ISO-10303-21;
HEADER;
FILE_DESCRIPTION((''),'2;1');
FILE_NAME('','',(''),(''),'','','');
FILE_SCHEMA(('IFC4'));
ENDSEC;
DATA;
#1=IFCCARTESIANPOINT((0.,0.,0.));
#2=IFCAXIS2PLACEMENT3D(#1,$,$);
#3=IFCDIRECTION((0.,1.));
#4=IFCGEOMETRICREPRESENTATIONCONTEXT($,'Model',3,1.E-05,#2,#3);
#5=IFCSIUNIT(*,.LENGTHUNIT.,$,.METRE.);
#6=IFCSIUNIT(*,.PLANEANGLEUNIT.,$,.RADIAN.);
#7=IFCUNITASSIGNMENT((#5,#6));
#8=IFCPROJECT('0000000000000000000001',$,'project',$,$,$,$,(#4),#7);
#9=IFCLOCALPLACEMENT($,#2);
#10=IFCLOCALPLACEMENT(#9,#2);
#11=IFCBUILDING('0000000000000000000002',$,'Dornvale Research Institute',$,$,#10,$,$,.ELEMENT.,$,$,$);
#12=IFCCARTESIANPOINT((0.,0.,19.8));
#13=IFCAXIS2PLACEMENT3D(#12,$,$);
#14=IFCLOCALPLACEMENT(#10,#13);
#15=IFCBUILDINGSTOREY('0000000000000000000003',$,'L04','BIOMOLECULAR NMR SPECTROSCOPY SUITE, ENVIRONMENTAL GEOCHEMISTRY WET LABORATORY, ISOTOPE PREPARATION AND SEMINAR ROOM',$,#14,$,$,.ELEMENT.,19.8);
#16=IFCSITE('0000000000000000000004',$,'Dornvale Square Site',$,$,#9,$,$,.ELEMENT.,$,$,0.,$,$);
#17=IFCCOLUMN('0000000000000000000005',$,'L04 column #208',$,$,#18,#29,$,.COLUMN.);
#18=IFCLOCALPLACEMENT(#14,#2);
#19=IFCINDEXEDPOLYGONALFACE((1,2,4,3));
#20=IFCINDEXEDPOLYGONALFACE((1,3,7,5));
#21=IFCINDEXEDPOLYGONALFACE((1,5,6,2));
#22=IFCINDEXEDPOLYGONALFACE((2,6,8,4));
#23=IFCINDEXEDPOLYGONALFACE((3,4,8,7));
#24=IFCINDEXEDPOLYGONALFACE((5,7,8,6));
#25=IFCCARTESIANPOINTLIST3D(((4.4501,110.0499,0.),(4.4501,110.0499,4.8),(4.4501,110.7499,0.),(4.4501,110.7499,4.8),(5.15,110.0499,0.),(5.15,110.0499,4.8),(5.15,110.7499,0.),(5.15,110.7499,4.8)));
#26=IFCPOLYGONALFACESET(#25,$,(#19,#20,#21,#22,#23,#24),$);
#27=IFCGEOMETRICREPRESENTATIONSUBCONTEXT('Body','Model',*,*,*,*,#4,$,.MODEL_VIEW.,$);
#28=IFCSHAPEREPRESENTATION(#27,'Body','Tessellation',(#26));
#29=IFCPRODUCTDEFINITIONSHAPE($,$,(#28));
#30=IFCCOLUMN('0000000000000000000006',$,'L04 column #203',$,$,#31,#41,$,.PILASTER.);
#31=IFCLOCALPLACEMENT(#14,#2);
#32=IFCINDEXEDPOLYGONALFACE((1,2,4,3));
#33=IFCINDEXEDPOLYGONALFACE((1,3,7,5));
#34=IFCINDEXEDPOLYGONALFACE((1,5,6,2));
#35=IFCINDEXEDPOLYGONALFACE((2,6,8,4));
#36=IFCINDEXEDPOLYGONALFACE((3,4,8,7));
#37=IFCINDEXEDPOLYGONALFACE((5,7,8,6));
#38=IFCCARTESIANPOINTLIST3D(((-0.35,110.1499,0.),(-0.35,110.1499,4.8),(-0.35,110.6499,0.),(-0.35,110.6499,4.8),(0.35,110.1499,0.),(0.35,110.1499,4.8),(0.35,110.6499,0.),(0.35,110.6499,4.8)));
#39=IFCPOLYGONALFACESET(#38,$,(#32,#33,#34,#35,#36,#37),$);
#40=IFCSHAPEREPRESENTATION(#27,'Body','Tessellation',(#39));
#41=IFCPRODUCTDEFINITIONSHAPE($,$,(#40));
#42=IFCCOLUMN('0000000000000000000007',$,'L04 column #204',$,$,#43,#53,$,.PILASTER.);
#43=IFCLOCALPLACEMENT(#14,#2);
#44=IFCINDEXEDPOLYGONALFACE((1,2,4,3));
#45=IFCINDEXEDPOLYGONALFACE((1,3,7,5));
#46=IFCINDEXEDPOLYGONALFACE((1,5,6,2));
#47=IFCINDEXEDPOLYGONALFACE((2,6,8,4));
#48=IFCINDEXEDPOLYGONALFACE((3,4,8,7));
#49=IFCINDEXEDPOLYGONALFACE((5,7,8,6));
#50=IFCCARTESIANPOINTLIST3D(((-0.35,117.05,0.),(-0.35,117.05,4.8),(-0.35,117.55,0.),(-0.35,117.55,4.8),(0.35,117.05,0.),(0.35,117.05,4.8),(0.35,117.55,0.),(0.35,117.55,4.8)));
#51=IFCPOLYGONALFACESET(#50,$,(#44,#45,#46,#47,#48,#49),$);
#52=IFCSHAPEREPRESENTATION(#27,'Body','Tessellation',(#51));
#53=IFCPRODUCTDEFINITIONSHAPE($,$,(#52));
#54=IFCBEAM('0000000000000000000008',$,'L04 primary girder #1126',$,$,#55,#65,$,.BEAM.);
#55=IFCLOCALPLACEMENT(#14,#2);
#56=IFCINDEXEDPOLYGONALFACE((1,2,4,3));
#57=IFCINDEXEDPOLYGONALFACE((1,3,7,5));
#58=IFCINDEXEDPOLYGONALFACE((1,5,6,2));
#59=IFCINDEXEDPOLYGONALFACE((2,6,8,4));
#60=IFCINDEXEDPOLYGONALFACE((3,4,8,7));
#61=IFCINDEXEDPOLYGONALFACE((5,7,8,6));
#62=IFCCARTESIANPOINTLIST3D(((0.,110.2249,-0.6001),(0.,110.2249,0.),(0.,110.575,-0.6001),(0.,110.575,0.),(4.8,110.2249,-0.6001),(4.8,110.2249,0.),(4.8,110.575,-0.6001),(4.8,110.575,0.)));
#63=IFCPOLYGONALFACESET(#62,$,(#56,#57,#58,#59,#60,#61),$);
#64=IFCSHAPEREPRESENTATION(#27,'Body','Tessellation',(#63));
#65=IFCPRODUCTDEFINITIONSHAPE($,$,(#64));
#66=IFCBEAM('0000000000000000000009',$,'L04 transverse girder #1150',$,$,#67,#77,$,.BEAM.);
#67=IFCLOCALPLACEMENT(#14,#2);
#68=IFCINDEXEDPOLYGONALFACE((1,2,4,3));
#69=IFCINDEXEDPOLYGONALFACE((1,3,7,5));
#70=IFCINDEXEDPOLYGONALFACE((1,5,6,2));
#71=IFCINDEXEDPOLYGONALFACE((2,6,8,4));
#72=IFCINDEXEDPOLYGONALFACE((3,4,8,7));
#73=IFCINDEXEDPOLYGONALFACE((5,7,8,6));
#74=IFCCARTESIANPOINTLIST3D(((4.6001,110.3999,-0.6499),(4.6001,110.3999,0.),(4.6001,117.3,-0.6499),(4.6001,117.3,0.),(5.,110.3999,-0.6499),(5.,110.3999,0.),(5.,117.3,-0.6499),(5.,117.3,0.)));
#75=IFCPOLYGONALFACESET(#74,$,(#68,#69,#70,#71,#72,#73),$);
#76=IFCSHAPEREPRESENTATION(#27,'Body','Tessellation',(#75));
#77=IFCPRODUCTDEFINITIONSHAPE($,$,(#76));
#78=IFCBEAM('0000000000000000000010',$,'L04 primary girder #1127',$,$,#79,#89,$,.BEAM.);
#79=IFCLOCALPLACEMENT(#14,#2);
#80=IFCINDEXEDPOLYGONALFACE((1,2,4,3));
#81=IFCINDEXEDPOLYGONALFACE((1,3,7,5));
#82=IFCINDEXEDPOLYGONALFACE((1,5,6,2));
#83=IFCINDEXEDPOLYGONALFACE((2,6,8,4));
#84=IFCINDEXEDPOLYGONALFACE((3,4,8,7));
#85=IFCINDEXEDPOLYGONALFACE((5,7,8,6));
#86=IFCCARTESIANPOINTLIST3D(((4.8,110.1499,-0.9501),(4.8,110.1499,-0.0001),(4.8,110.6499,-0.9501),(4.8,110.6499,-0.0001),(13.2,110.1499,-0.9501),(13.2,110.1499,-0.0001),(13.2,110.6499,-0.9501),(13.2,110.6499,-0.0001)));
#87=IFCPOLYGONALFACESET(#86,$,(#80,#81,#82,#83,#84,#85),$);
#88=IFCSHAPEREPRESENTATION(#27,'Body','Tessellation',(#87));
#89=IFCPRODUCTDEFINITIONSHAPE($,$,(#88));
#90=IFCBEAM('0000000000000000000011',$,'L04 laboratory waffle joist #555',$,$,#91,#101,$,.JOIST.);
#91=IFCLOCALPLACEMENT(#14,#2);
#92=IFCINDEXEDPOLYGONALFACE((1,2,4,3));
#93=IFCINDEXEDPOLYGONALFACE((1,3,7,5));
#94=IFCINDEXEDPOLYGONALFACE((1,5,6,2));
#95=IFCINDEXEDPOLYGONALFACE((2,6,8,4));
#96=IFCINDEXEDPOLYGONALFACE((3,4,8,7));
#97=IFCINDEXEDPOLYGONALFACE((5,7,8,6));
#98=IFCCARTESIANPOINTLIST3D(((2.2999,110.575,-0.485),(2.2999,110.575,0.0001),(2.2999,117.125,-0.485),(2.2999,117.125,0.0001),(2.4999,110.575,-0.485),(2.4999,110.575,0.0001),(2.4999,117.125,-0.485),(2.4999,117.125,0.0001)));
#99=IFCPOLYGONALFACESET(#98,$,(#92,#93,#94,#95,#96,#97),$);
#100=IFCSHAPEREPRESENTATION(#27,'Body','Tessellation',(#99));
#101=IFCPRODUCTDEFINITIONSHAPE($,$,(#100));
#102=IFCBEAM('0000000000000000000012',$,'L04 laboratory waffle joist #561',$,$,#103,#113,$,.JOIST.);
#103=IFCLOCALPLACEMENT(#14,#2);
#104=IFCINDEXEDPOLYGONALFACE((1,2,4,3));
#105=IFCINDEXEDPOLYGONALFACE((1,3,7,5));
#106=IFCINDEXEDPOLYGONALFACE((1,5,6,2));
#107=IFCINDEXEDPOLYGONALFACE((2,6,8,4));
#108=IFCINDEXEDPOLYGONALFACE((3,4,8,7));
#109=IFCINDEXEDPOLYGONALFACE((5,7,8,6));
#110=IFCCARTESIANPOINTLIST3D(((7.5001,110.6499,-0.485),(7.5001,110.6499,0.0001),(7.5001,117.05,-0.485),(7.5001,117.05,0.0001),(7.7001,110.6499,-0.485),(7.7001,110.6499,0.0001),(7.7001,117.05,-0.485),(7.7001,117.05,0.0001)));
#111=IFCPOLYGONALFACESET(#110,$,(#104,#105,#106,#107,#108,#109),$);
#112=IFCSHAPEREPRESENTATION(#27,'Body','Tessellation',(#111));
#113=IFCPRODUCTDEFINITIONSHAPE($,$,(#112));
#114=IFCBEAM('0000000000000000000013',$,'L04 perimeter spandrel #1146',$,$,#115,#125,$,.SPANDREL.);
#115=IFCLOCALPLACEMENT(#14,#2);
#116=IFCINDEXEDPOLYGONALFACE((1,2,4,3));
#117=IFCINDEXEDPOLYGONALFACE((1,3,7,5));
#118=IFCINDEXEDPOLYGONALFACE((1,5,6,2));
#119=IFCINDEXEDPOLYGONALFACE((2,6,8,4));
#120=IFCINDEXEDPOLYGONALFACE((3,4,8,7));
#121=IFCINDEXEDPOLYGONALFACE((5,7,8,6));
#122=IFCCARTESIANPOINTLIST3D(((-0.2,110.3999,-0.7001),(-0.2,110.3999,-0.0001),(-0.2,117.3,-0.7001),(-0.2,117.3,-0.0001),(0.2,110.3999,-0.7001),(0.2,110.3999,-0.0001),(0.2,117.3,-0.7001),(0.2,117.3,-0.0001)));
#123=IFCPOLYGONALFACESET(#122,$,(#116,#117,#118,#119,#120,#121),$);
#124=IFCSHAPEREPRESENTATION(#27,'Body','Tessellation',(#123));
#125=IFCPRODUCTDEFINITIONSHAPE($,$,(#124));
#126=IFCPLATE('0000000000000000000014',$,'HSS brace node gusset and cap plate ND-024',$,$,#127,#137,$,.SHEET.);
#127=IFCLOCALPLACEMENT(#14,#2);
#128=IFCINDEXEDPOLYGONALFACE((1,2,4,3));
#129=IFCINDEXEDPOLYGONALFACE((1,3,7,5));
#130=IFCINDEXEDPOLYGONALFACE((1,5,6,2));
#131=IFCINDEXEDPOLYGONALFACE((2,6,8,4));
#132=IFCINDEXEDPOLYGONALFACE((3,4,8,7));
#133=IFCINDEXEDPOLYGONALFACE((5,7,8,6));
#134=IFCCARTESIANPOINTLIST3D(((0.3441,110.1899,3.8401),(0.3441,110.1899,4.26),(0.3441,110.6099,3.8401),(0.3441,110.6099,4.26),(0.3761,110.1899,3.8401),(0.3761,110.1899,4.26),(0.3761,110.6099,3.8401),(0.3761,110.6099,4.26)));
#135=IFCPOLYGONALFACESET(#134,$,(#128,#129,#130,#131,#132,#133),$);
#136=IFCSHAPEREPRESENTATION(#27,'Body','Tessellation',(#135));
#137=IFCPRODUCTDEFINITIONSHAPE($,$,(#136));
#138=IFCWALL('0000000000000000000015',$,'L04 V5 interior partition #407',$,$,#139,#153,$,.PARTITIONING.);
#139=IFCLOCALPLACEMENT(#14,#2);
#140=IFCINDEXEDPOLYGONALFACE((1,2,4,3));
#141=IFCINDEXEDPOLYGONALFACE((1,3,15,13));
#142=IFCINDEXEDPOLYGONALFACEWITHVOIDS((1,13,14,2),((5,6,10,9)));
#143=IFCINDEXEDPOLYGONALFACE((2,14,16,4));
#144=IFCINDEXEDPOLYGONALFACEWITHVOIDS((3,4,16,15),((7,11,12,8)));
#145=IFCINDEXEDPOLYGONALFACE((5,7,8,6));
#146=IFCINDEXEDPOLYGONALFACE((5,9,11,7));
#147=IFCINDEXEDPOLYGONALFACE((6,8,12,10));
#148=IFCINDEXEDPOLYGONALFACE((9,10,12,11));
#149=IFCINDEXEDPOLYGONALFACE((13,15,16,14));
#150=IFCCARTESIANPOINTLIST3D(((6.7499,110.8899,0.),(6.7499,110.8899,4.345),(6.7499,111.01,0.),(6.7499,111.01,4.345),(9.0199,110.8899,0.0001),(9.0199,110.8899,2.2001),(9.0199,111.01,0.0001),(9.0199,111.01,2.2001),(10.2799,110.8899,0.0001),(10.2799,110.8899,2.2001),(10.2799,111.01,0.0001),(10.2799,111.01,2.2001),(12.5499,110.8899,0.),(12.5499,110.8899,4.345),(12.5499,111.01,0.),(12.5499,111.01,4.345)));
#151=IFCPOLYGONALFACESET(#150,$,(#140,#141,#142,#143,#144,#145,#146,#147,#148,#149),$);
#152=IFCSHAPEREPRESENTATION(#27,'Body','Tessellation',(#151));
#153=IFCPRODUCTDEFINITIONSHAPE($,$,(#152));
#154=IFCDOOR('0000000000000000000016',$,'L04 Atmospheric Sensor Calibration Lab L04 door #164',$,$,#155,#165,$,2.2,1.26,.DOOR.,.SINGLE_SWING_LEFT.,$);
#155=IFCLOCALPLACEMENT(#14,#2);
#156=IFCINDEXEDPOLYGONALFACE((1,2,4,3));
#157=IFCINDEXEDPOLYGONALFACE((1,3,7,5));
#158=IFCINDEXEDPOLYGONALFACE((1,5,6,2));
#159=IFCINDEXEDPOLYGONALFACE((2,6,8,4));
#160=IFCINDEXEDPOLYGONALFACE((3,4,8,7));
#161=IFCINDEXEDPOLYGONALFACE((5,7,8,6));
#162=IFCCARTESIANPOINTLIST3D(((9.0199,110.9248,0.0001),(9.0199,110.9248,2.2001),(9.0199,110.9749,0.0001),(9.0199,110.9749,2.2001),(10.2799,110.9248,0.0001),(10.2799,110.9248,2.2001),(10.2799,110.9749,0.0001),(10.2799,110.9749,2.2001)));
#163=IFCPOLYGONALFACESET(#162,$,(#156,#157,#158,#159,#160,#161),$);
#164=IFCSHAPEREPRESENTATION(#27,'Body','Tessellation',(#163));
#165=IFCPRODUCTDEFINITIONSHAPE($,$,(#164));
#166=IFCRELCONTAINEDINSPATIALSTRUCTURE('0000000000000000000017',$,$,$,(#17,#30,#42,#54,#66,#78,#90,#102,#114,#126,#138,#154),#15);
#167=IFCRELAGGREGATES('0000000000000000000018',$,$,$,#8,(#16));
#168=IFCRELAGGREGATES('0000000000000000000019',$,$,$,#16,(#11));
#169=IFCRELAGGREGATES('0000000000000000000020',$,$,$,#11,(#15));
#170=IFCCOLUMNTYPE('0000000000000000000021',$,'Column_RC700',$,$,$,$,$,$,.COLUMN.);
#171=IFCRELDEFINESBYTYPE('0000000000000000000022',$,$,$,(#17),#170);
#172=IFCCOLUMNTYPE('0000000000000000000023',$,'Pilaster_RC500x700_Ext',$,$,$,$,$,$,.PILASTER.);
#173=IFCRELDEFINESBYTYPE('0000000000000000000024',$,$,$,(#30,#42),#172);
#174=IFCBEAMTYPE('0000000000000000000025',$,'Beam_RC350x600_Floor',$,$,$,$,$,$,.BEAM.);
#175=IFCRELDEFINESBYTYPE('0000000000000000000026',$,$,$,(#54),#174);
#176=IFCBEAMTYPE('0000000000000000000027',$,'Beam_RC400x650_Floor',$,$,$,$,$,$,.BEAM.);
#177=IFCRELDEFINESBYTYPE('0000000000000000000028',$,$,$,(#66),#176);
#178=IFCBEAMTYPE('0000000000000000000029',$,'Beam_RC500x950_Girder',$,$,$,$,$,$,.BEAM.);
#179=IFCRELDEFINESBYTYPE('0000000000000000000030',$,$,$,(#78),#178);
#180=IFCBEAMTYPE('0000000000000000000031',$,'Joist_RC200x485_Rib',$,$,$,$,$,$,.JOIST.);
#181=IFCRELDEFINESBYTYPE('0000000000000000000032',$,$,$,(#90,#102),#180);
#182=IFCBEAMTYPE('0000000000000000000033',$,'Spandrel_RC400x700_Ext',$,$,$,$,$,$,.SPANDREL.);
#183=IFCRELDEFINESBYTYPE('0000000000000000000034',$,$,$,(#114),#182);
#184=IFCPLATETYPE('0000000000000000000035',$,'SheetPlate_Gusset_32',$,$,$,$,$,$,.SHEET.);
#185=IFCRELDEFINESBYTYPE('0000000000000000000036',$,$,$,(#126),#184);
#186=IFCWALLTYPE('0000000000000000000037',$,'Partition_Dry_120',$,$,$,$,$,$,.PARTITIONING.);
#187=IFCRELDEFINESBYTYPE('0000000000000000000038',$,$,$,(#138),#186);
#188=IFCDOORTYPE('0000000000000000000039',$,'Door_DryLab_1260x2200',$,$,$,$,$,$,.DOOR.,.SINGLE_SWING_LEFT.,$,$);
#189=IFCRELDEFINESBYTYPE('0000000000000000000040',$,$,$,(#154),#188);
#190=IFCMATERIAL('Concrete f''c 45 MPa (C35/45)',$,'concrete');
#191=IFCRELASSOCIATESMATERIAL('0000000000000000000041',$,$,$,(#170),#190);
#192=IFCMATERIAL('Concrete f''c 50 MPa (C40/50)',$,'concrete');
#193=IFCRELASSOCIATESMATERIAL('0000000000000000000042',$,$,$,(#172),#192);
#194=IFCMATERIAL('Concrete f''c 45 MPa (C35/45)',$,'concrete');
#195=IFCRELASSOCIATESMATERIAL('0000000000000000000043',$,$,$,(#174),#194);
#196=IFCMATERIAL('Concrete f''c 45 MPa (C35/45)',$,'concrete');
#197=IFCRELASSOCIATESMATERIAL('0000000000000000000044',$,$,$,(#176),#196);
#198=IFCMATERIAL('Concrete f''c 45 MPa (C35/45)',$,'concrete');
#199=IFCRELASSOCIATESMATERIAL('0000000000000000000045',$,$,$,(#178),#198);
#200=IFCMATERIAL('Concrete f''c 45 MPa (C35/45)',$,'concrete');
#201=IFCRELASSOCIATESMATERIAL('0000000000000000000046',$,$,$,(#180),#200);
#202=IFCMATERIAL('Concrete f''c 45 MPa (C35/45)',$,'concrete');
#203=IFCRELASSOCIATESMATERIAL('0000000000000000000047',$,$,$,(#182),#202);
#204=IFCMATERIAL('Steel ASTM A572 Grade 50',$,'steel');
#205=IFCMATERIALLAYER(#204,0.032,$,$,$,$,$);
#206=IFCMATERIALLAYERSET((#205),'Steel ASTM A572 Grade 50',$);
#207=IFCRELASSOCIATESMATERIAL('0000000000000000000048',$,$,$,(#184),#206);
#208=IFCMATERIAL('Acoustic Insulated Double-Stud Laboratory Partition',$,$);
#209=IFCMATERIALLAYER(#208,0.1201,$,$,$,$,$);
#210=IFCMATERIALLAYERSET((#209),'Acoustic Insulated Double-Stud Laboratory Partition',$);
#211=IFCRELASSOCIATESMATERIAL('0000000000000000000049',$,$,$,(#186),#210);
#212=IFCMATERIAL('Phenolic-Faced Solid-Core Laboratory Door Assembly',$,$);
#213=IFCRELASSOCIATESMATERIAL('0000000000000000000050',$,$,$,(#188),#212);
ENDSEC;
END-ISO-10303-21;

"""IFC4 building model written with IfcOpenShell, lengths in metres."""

from ifc_helpers import new_model, si_unit, direction, frame, frame_2d, origin, origin_2d, place, context, subcontext, project, spatial, rectangle, extrude, material, layer, layer_set, material_profile, profile_set, type_object, element, fill, save


model = new_model("IFC4")

# Units and contexts
model_context = context("Model", 3, precision=1e-05, world=origin(), true_north=direction((0.0, 1.0)))
body_context = subcontext(model_context, "Body", "Model", "MODEL_VIEW")
ifc_project = project(units=[si_unit("LENGTHUNIT", "METRE"), si_unit("PLANEANGLEUNIT", "RADIAN")], contexts=[model_context])

# Site, building, storey
site_placement = place(None, origin())
site = spatial("IfcSite", under=ifc_project, at=site_placement, Name="Dornvale Square Site", CompositionType="ELEMENT", RefElevation=0.0)
building_placement = place(site_placement, origin())
building = spatial("IfcBuilding", under=site, at=building_placement, Name="Dornvale Research Institute", CompositionType="ELEMENT")
storey_placement = place(building_placement, frame((0.0, 0.0, 19.8)))
storey = spatial("IfcBuildingStorey", under=building, at=storey_placement, Name="L04", Description="BIOMOLECULAR NMR SPECTROSCOPY SUITE, ENVIRONMENTAL GEOCHEMISTRY WET LABORATORY, ISOTOPE PREPARATION AND SEMINAR ROOM", CompositionType="ELEMENT", Elevation=19.8)

# Columns
ifc_material_1 = material(Name="Concrete f'c 45 MPa (C35/45)", Category="concrete")
ifc_material_profile_1 = material_profile(ifc_material_1, rectangle(XDim=0.7, YDim=0.7, at=origin_2d()), Name="RC 700x700")
ifc_profile_set_1 = profile_set([ifc_material_profile_1], Name="Concrete f'c 45 MPa (C35/45)")
column_type_1 = type_object("IfcColumnType", Name="Column_RC700", PredefinedType="COLUMN", material=ifc_profile_set_1)
column_placement = place(storey_placement, frame((4.8, 110.3999, 0.0), z_axis=(0.0, 0.0, 1.0), x_axis=(1.0, 0.0, 0.0)))
element("IfcColumn", 1, at=column_placement, inside=storey, type_object=column_type_1, Name="L04 column #208", PredefinedType="COLUMN", context=body_context, shape_type="SweptSolid", body=[
    extrude(rectangle(XDim=0.7, YDim=0.7, at=origin_2d()), origin(), (0.0, 0.0, 1.0), 4.8),
])
ifc_material_2 = material(Name="Concrete f'c 50 MPa (C40/50)", Category="concrete")
ifc_material_profile_2 = material_profile(ifc_material_2, rectangle(XDim=0.5, YDim=0.7, at=origin_2d()), Name="RC 500x700")
ifc_profile_set_2 = profile_set([ifc_material_profile_2], Name="Concrete f'c 50 MPa (C40/50)")
column_type_2 = type_object("IfcColumnType", Name="Pilaster_RC500x700_Ext", PredefinedType="PILASTER", material=ifc_profile_set_2)
for number, where, z_axis, x_axis, name in (
    (2, (0.0, 110.3999, 0.0), (0.0, 0.0, 1.0), (0.0, 1.0, 0.0), "L04 column #203"),
    (3, (0.0, 117.3, 0.0), (0.0, 0.0, 1.0), (0.0, 1.0, 0.0), "L04 column #204"),
):
    element("IfcColumn", number, at=place(storey_placement, frame(where, z_axis=z_axis, x_axis=x_axis)), inside=storey, type_object=column_type_2, Name=name, PredefinedType="PILASTER", context=body_context, shape_type="SweptSolid", body=[
        extrude(rectangle(XDim=0.5, YDim=0.7, at=origin_2d()), origin(), (0.0, 0.0, 1.0), 4.8),
    ])

# Beams
ifc_material_3 = material(Name="Concrete f'c 45 MPa (C35/45)", Category="concrete")
ifc_material_profile_3 = material_profile(ifc_material_3, rectangle(XDim=0.3501, YDim=0.6001, at=origin_2d()), Name="RC 350x600")
ifc_profile_set_3 = profile_set([ifc_material_profile_3], Name="Concrete f'c 45 MPa (C35/45)")
beam_type_1 = type_object("IfcBeamType", Name="Beam_RC350x600_Floor", PredefinedType="BEAM", material=ifc_profile_set_3)
beam_1_placement = place(storey_placement, frame((0.0, 110.3999, -0.3), z_axis=(1.0, 0.0, 0.0), x_axis=(0.0, 1.0, 0.0)))
element("IfcBeam", 4, at=beam_1_placement, inside=storey, type_object=beam_type_1, Name="L04 primary girder #1126", PredefinedType="BEAM", context=body_context, shape_type="SweptSolid", body=[
    extrude(rectangle(XDim=0.3501, YDim=0.6001, at=origin_2d()), origin(), (0.0, 0.0, 1.0), 4.8),
])
ifc_material_4 = material(Name="Concrete f'c 45 MPa (C35/45)", Category="concrete")
ifc_material_profile_4 = material_profile(ifc_material_4, rectangle(XDim=0.3999, YDim=0.6499, at=origin_2d()), Name="RC 400x650")
ifc_profile_set_4 = profile_set([ifc_material_profile_4], Name="Concrete f'c 45 MPa (C35/45)")
beam_type_2 = type_object("IfcBeamType", Name="Beam_RC400x650_Floor", PredefinedType="BEAM", material=ifc_profile_set_4)
beam_2_placement = place(storey_placement, frame((4.8, 110.3999, -0.325), z_axis=(0.0, 1.0, 0.0), x_axis=(-1.0, 0.0, 0.0)))
element("IfcBeam", 5, at=beam_2_placement, inside=storey, type_object=beam_type_2, Name="L04 transverse girder #1150", PredefinedType="BEAM", context=body_context, shape_type="SweptSolid", body=[
    extrude(rectangle(XDim=0.3999, YDim=0.6499, at=origin_2d()), origin(), (0.0, 0.0, 1.0), 6.9001),
])
ifc_material_5 = material(Name="Concrete f'c 45 MPa (C35/45)", Category="concrete")
ifc_material_profile_5 = material_profile(ifc_material_5, rectangle(XDim=0.5, YDim=0.95, at=origin_2d()), Name="RC 500x950")
ifc_profile_set_5 = profile_set([ifc_material_profile_5], Name="Concrete f'c 45 MPa (C35/45)")
beam_type_3 = type_object("IfcBeamType", Name="Beam_RC500x950_Girder", PredefinedType="BEAM", material=ifc_profile_set_5)
beam_3_placement = place(storey_placement, frame((4.8, 110.3999, -0.4751), z_axis=(1.0, 0.0, 0.0), x_axis=(0.0, 1.0, 0.0)))
element("IfcBeam", 6, at=beam_3_placement, inside=storey, type_object=beam_type_3, Name="L04 primary girder #1127", PredefinedType="BEAM", context=body_context, shape_type="SweptSolid", body=[
    extrude(rectangle(XDim=0.5, YDim=0.95, at=origin_2d()), origin(), (0.0, 0.0, 1.0), 8.3999),
])
ifc_material_6 = material(Name="Concrete f'c 45 MPa (C35/45)", Category="concrete")
ifc_material_profile_6 = material_profile(ifc_material_6, rectangle(XDim=0.2, YDim=0.4851, at=origin_2d()), Name="RC 200x485")
ifc_profile_set_6 = profile_set([ifc_material_profile_6], Name="Concrete f'c 45 MPa (C35/45)")
beam_type_4 = type_object("IfcBeamType", Name="Joist_RC200x485_Rib", PredefinedType="JOIST", material=ifc_profile_set_6)
beam_4_placement = place(storey_placement, frame((2.3999, 110.575, -0.2424), z_axis=(0.0, 1.0, 0.0), x_axis=(-1.0, 0.0, 0.0)))
element("IfcBeam", 7, at=beam_4_placement, inside=storey, type_object=beam_type_4, Name="L04 laboratory waffle joist #555", PredefinedType="JOIST", context=body_context, shape_type="SweptSolid", body=[
    extrude(rectangle(XDim=0.2, YDim=0.4851, at=origin_2d()), origin(), (0.0, 0.0, 1.0), 6.55),
])
beam_5_placement = place(storey_placement, frame((7.6001, 110.6499, -0.2424), z_axis=(0.0, 1.0, 0.0), x_axis=(-1.0, 0.0, 0.0)))
element("IfcBeam", 8, at=beam_5_placement, inside=storey, type_object=beam_type_4, Name="L04 laboratory waffle joist #561", PredefinedType="JOIST", context=body_context, shape_type="SweptSolid", body=[
    extrude(rectangle(XDim=0.2, YDim=0.4851, at=origin_2d()), origin(), (0.0, 0.0, 1.0), 6.4001),
])
ifc_material_7 = material(Name="Concrete f'c 45 MPa (C35/45)", Category="concrete")
ifc_material_profile_7 = material_profile(ifc_material_7, rectangle(XDim=0.3999, YDim=0.7, at=origin_2d()), Name="RC 400x700")
ifc_profile_set_7 = profile_set([ifc_material_profile_7], Name="Concrete f'c 45 MPa (C35/45)")
beam_type_5 = type_object("IfcBeamType", Name="Spandrel_RC400x700_Ext", PredefinedType="SPANDREL", material=ifc_profile_set_7)
beam_6_placement = place(storey_placement, frame((0.0, 110.3999, -0.3501), z_axis=(0.0, 1.0, 0.0), x_axis=(-1.0, 0.0, 0.0)))
element("IfcBeam", 9, at=beam_6_placement, inside=storey, type_object=beam_type_5, Name="L04 perimeter spandrel #1146", PredefinedType="SPANDREL", context=body_context, shape_type="SweptSolid", body=[
    extrude(rectangle(XDim=0.3999, YDim=0.7, at=origin_2d()), origin(), (0.0, 0.0, 1.0), 6.9001),
])

# Plate
ifc_material_8 = material(Name="Steel ASTM A572 Grade 50", Category="steel")
ifc_layer_1 = layer(ifc_material_8, 0.032)
ifc_layer_set_1 = layer_set([ifc_layer_1], Name="Steel ASTM A572 Grade 50")
plate_type = type_object("IfcPlateType", Name="SheetPlate_Gusset_32", PredefinedType="SHEET", material=ifc_layer_set_1)
plate_placement = place(storey_placement, frame((0.3601, 110.3999, 3.8401), z_axis=(0.0, 0.0, 1.0), x_axis=(0.0, 1.0, 0.0)))
element("IfcPlate", 10, at=plate_placement, inside=storey, type_object=plate_type, Name="HSS brace node gusset and cap plate ND-024", PredefinedType="SHEET", context=body_context, shape_type="SweptSolid", body=[
    extrude(rectangle(XDim=0.4199, YDim=0.032, at=origin_2d()), origin(), (0.0, 0.0, 1.0), 0.4199),
])

# Wall, opening, door
ifc_material_9 = material(Name="Acoustic Insulated Double-Stud Laboratory Partition")
ifc_layer_2 = layer(ifc_material_9, 0.1201)
ifc_layer_set_2 = layer_set([ifc_layer_2], Name="Acoustic Insulated Double-Stud Laboratory Partition")
wall_type_1 = type_object("IfcWallType", Name="Partition_Dry_120", PredefinedType="PARTITIONING", material=ifc_layer_set_2)
wall_1_placement = place(storey_placement, frame((6.75, 110.95, 0.0), z_axis=(0.0, 0.0, 1.0), x_axis=(1.0, 0.0, 0.0)))
wall_1 = element("IfcWall", 11, at=wall_1_placement, inside=storey, type_object=wall_type_1, Name="L04 V5 interior partition #407", PredefinedType="PARTITIONING", context=body_context, shape_type="SweptSolid", body=[
    extrude(rectangle(XDim=5.8, YDim=0.1201, at=frame_2d((2.8999, 0.0))), origin(), (0.0, 0.0, 1.0), 4.345),
])
opening_1_placement = place(wall_1_placement, frame((2.27, 0.0, 0.0)))
opening_1 = element("IfcOpeningElement", 12, at=opening_1_placement, cuts=wall_1, PredefinedType="OPENING", context=body_context, shape_type="SweptSolid", body=[
    extrude(rectangle(XDim=1.26, YDim=2.2, at=frame_2d((0.6299, 1.1001))), frame((0.0, 0.075, 0.0), z_axis=(0.0, -1.0, 0.0), x_axis=(1.0, 0.0, 0.0)), (0.0, 0.0, 1.0), 0.1501),
])
ifc_material_10 = material(Name="Phenolic-Faced Solid-Core Laboratory Door Assembly")
door_type_1 = type_object("IfcDoorType", Name="Door_DryLab_1260x2200", OperationType="SINGLE_SWING_LEFT", PredefinedType="DOOR", material=ifc_material_10)
door_1_placement = place(opening_1_placement, origin())
door_1 = element("IfcDoor", 13, at=door_1_placement, inside=storey, type_object=door_type_1, Name="L04 Atmospheric Sensor Calibration Lab L04 door #164", OperationType="SINGLE_SWING_LEFT", OverallHeight=2.2, OverallWidth=1.26, PredefinedType="DOOR", context=body_context, shape_type="SweptSolid", body=[
    extrude(rectangle(XDim=1.26, YDim=2.2, at=frame_2d((0.6299, 1.1001))), frame((0.0, 0.0249, 0.0), z_axis=(0.0, -1.0, 0.0), x_axis=(1.0, 0.0, 0.0)), (0.0, 0.0, 1.0), 0.05),
])
fill(opening_1, door_1)

save(model, "model.ifc")
